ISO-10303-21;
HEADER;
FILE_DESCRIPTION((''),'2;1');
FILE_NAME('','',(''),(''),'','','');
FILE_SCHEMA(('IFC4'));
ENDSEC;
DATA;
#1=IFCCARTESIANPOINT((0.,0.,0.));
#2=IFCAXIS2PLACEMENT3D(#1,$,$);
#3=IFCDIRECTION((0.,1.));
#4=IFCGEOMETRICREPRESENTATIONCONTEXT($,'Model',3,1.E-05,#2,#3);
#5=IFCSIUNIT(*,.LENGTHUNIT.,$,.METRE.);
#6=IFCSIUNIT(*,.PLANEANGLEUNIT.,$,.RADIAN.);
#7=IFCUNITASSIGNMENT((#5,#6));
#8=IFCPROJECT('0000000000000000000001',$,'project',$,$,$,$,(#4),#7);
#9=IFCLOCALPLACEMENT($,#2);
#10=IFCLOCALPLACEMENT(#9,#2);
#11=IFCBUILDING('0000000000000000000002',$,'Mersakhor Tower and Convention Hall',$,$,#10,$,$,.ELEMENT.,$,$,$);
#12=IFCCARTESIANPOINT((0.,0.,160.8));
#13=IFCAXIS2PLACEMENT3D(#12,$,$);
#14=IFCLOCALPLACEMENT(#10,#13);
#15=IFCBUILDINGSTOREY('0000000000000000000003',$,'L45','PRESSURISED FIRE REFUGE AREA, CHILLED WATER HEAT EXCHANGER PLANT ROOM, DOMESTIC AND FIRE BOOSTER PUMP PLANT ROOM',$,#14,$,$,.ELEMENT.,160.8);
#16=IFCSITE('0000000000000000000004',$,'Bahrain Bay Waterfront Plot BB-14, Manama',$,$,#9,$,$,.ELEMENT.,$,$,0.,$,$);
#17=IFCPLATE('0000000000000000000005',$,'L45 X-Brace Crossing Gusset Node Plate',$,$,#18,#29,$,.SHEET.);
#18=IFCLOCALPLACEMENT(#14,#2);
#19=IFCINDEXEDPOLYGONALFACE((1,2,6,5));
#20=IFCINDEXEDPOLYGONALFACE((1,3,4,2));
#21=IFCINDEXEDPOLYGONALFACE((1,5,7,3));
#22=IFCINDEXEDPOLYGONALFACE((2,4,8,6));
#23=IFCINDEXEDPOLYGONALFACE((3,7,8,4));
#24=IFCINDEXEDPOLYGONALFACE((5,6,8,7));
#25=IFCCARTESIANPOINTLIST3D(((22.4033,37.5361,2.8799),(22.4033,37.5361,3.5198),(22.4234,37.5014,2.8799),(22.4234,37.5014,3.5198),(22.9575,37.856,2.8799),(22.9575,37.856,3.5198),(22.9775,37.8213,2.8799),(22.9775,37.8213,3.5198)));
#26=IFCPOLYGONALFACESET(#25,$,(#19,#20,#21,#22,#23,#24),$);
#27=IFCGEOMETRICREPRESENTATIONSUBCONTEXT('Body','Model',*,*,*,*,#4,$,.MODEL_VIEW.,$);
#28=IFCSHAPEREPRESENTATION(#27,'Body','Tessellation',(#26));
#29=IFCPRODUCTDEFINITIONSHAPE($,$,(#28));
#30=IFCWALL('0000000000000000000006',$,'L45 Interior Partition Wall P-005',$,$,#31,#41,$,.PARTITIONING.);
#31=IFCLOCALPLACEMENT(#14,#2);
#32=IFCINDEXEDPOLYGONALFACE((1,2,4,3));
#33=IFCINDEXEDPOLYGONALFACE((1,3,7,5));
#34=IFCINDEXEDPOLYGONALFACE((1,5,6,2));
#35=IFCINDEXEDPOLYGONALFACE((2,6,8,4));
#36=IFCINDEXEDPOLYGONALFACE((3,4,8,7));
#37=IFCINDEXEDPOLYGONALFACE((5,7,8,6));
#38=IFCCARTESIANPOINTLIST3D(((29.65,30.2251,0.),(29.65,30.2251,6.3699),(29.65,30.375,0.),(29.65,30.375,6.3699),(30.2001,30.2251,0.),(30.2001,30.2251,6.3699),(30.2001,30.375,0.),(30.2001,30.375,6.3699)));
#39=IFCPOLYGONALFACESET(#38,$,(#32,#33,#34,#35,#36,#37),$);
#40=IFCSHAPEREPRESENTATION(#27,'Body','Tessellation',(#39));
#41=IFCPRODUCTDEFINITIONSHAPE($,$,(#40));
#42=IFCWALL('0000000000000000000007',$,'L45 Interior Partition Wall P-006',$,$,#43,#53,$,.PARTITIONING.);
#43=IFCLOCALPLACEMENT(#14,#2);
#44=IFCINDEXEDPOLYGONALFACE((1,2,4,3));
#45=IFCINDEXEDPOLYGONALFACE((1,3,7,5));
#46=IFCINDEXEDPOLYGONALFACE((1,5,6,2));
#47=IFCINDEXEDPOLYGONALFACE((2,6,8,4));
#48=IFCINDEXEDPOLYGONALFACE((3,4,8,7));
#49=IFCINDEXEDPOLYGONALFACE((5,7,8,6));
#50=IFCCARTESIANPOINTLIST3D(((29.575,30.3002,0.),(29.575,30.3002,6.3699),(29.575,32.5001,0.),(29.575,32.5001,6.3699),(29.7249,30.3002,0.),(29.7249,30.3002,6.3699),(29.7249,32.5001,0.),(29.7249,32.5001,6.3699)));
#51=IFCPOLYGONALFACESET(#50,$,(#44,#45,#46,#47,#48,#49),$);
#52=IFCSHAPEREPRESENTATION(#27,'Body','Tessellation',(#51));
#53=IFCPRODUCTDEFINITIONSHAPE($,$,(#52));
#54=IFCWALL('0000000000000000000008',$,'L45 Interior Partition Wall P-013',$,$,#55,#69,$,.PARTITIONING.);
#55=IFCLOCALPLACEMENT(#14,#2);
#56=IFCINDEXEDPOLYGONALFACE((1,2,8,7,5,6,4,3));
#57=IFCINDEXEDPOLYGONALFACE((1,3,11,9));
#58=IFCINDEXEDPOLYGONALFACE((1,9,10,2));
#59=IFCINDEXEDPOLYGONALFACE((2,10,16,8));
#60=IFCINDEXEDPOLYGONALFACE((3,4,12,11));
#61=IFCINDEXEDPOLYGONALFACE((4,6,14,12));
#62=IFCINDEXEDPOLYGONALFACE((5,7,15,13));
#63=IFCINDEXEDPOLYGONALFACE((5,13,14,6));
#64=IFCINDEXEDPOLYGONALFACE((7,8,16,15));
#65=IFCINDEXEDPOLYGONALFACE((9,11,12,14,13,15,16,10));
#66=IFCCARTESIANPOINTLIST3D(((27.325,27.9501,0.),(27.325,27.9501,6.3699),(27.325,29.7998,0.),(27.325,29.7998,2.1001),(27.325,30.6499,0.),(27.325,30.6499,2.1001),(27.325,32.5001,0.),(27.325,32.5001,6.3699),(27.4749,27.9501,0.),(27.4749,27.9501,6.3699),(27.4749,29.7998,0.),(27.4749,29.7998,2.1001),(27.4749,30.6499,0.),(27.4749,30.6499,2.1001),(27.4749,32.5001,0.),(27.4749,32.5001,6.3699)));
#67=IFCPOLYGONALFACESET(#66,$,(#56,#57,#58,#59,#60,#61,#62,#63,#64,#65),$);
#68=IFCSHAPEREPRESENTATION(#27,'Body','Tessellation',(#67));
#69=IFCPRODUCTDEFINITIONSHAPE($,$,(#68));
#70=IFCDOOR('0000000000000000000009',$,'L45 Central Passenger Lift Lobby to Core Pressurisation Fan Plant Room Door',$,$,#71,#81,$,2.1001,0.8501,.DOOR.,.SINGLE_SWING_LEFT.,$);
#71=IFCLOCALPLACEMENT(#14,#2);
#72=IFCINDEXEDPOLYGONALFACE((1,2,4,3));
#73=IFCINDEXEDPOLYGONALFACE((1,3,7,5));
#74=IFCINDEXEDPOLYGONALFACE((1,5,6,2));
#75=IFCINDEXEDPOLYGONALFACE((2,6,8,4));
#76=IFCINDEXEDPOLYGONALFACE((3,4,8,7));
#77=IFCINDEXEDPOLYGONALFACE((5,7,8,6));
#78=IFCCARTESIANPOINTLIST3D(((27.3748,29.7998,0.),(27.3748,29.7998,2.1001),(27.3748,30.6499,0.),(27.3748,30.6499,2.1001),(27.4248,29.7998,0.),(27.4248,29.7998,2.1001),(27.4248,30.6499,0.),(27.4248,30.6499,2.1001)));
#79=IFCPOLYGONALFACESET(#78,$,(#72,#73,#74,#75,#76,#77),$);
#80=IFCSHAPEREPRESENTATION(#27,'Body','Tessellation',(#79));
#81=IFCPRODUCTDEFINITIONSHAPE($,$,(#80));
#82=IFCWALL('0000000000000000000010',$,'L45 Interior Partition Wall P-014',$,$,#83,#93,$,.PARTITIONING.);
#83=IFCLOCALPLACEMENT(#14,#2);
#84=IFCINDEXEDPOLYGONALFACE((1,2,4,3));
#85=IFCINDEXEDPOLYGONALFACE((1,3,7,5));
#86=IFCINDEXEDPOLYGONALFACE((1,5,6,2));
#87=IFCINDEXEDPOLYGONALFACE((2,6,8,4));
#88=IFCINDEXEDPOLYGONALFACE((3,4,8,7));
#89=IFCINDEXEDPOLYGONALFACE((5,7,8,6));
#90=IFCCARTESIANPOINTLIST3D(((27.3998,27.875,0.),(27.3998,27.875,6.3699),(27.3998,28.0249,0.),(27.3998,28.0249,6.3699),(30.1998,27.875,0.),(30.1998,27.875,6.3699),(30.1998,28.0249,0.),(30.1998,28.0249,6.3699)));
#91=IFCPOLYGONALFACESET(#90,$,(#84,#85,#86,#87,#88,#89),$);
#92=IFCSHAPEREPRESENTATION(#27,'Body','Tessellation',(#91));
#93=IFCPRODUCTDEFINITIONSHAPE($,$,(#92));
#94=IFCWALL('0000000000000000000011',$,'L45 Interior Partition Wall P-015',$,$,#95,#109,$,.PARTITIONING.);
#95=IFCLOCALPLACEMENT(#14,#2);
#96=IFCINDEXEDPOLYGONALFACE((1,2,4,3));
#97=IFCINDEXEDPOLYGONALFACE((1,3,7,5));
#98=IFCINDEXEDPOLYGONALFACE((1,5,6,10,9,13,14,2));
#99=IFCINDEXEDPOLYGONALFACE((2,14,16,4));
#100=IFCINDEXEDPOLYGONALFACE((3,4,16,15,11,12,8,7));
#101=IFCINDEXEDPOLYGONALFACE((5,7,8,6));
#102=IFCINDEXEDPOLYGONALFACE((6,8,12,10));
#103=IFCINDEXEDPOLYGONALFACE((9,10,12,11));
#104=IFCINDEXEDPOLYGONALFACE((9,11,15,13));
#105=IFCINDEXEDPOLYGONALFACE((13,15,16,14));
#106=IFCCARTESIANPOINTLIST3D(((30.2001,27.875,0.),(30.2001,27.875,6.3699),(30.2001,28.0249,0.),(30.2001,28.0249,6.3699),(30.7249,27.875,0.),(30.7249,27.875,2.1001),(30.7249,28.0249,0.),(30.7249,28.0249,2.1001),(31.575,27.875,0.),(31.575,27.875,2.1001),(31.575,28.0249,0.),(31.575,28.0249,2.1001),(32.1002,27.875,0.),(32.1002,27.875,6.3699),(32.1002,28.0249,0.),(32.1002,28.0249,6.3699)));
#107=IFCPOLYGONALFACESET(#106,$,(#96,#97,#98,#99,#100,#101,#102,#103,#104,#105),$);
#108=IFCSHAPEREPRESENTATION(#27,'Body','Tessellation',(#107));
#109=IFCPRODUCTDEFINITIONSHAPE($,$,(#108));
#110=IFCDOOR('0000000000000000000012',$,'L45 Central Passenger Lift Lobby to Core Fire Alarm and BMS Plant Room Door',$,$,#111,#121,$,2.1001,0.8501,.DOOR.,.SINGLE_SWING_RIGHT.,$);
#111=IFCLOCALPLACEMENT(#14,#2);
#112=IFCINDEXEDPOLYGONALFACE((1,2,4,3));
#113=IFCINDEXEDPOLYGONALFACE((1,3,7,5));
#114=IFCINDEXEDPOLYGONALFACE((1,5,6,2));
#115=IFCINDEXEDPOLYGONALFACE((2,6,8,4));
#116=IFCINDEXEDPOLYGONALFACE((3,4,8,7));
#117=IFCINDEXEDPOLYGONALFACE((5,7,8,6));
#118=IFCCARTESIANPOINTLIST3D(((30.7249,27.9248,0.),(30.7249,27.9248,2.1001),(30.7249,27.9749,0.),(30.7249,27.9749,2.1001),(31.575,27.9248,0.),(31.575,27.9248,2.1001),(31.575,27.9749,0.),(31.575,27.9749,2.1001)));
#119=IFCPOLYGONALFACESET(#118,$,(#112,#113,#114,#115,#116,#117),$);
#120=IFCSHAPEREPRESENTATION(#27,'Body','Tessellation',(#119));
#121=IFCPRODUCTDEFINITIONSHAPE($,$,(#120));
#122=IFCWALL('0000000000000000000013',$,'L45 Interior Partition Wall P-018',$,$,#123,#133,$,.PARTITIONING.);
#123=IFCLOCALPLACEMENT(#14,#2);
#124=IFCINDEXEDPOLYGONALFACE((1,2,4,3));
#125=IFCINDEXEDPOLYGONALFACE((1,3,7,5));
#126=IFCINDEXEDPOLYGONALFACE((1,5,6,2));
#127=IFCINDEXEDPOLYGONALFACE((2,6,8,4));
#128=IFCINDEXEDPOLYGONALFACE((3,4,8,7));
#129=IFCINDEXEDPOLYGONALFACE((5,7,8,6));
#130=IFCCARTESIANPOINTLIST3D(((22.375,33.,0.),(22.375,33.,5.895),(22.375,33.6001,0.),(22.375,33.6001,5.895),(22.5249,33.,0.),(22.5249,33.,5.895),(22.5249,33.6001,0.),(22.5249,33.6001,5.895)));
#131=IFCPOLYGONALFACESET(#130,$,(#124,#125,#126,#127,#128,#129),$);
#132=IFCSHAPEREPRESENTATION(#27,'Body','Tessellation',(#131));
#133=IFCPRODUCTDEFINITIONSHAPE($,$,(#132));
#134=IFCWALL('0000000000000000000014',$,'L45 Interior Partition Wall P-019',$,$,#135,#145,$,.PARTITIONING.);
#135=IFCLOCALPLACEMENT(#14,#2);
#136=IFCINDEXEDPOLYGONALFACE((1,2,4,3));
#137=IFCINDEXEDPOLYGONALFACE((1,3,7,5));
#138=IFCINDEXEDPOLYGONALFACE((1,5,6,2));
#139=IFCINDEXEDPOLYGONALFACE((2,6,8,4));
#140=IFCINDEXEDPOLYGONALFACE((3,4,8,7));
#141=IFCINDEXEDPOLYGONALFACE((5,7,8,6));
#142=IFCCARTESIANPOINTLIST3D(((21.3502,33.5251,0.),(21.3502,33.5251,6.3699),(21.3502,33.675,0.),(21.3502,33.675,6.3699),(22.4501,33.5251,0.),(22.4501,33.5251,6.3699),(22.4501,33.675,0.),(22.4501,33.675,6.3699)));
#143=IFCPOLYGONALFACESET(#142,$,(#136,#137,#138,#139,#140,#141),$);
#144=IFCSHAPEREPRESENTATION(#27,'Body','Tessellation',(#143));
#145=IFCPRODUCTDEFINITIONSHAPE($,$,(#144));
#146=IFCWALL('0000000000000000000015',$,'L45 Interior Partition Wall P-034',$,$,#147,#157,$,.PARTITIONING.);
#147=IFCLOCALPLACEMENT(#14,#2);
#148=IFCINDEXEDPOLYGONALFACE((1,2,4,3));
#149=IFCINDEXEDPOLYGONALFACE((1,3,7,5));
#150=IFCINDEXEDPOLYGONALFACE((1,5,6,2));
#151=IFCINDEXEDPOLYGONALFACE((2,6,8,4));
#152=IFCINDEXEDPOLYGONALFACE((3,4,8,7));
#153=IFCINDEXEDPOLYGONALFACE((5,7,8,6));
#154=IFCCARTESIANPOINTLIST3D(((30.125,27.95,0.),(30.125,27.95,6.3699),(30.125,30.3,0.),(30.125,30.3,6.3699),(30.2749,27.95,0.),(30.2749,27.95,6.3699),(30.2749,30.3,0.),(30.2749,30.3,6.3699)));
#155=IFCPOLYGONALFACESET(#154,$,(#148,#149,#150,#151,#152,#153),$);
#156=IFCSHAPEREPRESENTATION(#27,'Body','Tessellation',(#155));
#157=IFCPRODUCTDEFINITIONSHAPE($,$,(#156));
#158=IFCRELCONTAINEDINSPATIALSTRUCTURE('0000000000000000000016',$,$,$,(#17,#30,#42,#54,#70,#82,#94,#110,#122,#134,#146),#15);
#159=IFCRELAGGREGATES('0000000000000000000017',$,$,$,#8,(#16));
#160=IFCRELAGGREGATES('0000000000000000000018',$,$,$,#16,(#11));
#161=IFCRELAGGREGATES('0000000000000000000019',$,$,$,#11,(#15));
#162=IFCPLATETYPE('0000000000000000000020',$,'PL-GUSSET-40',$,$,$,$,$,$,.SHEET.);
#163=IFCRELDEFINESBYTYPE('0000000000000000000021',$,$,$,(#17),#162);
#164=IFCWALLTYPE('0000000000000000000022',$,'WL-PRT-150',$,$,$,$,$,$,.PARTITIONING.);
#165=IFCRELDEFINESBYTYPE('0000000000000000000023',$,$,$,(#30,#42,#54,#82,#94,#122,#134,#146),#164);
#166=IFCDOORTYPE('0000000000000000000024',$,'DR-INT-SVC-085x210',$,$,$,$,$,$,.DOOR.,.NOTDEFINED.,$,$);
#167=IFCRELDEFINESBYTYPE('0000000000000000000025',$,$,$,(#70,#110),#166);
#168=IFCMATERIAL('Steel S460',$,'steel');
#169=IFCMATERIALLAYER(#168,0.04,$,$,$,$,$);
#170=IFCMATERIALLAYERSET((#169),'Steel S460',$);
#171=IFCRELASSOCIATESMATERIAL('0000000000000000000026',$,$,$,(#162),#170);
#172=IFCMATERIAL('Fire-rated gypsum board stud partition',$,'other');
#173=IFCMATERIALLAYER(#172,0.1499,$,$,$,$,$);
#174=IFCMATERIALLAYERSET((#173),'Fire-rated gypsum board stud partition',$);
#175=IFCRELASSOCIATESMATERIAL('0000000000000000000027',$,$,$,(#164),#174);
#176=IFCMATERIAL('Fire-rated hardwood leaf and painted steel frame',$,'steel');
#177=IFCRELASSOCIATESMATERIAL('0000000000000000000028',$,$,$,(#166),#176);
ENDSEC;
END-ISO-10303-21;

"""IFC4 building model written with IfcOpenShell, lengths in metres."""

from ifc_helpers import new_model, si_unit, direction, frame, frame_2d, origin, origin_2d, place, context, subcontext, project, spatial, rectangle, extrude, material, layer, layer_set, type_object, element, fill, save


model = new_model("IFC4")

# Units and contexts
model_context = context("Model", 3, precision=1e-05, world=origin(), true_north=direction((0.0, 1.0)))
body_context = subcontext(model_context, "Body", "Model", "MODEL_VIEW")
ifc_project = project(units=[si_unit("LENGTHUNIT", "METRE"), si_unit("PLANEANGLEUNIT", "RADIAN")], contexts=[model_context])

# Site, building, storey
site_placement = place(None, origin())
site = spatial("IfcSite", under=ifc_project, at=site_placement, Name="Bahrain Bay Waterfront Plot BB-14, Manama", CompositionType="ELEMENT", RefElevation=0.0)
building_placement = place(site_placement, origin())
building = spatial("IfcBuilding", under=site, at=building_placement, Name="Mersakhor Tower and Convention Hall", CompositionType="ELEMENT")
storey_placement = place(building_placement, frame((0.0, 0.0, 160.8)))
storey = spatial("IfcBuildingStorey", under=building, at=storey_placement, Name="L45", Description="PRESSURISED FIRE REFUGE AREA, CHILLED WATER HEAT EXCHANGER PLANT ROOM, DOMESTIC AND FIRE BOOSTER PUMP PLANT ROOM", CompositionType="ELEMENT", Elevation=160.8)

# Plate
ifc_material_1 = material(Name="Steel S460", Category="steel")
ifc_layer_1 = layer(ifc_material_1, 0.04)
ifc_layer_set_1 = layer_set([ifc_layer_1], Name="Steel S460")
plate_type = type_object("IfcPlateType", Name="PL-GUSSET-40", PredefinedType="SHEET", material=ifc_layer_set_1)
plate_placement = place(storey_placement, frame((22.6904, 37.6787, 2.8799), z_axis=(0.0, 0.0, 1.0), x_axis=(-0.866025, -0.5, 0.0)))
element("IfcPlate", 1, at=plate_placement, inside=storey, type_object=plate_type, Name="L45 X-Brace Crossing Gusset Node Plate", PredefinedType="SHEET", context=body_context, shape_type="SweptSolid", body=[
    extrude(rectangle(XDim=0.6399, YDim=0.04, at=origin_2d()), origin(), (0.0, 0.0, 1.0), 0.6399),
])

# Walls
ifc_material_2 = material(Name="Fire-rated gypsum board stud partition", Category="other")
ifc_layer_2 = layer(ifc_material_2, 0.1499)
ifc_layer_set_2 = layer_set([ifc_layer_2], Name="Fire-rated gypsum board stud partition")
wall_type_1 = type_object("IfcWallType", Name="WL-PRT-150", PredefinedType="PARTITIONING", material=ifc_layer_set_2)
wall_1_placement = place(storey_placement, frame((30.2, 30.3, 0.0), z_axis=(0.0, 0.0, 1.0), x_axis=(-1.0, 0.0, 0.0)))
element("IfcWall", 2, at=wall_1_placement, inside=storey, type_object=wall_type_1, Name="L45 Interior Partition Wall P-005", PredefinedType="PARTITIONING", context=body_context, shape_type="SweptSolid", body=[
    extrude(rectangle(XDim=0.55, YDim=0.1499, at=frame_2d((0.2749, 0.0))), origin(), (0.0, 0.0, 1.0), 6.3699),
])
wall_2_placement = place(storey_placement, frame((29.6499, 30.3, 0.0), z_axis=(0.0, 0.0, 1.0), x_axis=(0.0, 1.0, 0.0)))
element("IfcWall", 3, at=wall_2_placement, inside=storey, type_object=wall_type_1, Name="L45 Interior Partition Wall P-006", PredefinedType="PARTITIONING", context=body_context, shape_type="SweptSolid", body=[
    extrude(rectangle(XDim=2.2, YDim=0.1499, at=frame_2d((1.1001, 0.0))), origin(), (0.0, 0.0, 1.0), 6.3699),
])

# Wall, opening, door
wall_3_placement = place(storey_placement, frame((27.3999, 32.5, 0.0), z_axis=(0.0, 0.0, 1.0), x_axis=(0.0, -1.0, 0.0)))
wall_3 = element("IfcWall", 4, at=wall_3_placement, inside=storey, type_object=wall_type_1, Name="L45 Interior Partition Wall P-013", PredefinedType="PARTITIONING", context=body_context, shape_type="SweptSolid", body=[
    extrude(rectangle(XDim=4.55, YDim=0.1499, at=frame_2d((2.2749, 0.0))), origin(), (0.0, 0.0, 1.0), 6.3699),
])
opening_1_placement = place(wall_3_placement, frame((1.8501, 0.0, 0.0)))
opening_1 = element("IfcOpeningElement", 5, at=opening_1_placement, cuts=wall_3, PredefinedType="OPENING", context=body_context, shape_type="SweptSolid", body=[
    extrude(rectangle(XDim=0.8501, YDim=2.1001, at=frame_2d((0.425, 1.05))), frame((0.0, 0.085, 0.0), z_axis=(0.0, -1.0, 0.0), x_axis=(1.0, 0.0, 0.0)), (0.0, 0.0, 1.0), 0.1699),
])
ifc_material_3 = material(Name="Fire-rated hardwood leaf and painted steel frame", Category="steel")
door_type_1 = type_object("IfcDoorType", Name="DR-INT-SVC-085x210", OperationType="NOTDEFINED", PredefinedType="DOOR", material=ifc_material_3)
door_1_placement = place(opening_1_placement, origin())
door_1 = element("IfcDoor", 6, at=door_1_placement, inside=storey, type_object=door_type_1, Name="L45 Central Passenger Lift Lobby to Core Pressurisation Fan Plant Room Door", OperationType="SINGLE_SWING_LEFT", OverallHeight=2.1001, OverallWidth=0.8501, PredefinedType="DOOR", context=body_context, shape_type="SweptSolid", body=[
    extrude(rectangle(XDim=0.8501, YDim=2.1001, at=frame_2d((0.425, 1.05))), frame((0.0, 0.0249, 0.0), z_axis=(0.0, -1.0, 0.0), x_axis=(1.0, 0.0, 0.0)), (0.0, 0.0, 1.0), 0.05),
])
fill(opening_1, door_1)

# Wall
wall_4_placement = place(storey_placement, frame((27.3999, 27.95, 0.0), z_axis=(0.0, 0.0, 1.0), x_axis=(1.0, 0.0, 0.0)))
element("IfcWall", 7, at=wall_4_placement, inside=storey, type_object=wall_type_1, Name="L45 Interior Partition Wall P-014", PredefinedType="PARTITIONING", context=body_context, shape_type="SweptSolid", body=[
    extrude(rectangle(XDim=2.8, YDim=0.1499, at=frame_2d((1.3999, 0.0))), origin(), (0.0, 0.0, 1.0), 6.3699),
])

# Wall, opening, door
wall_5_placement = place(storey_placement, frame((30.2, 27.95, 0.0), z_axis=(0.0, 0.0, 1.0), x_axis=(1.0, 0.0, 0.0)))
wall_5 = element("IfcWall", 8, at=wall_5_placement, inside=storey, type_object=wall_type_1, Name="L45 Interior Partition Wall P-015", PredefinedType="PARTITIONING", context=body_context, shape_type="SweptSolid", body=[
    extrude(rectangle(XDim=1.9001, YDim=0.1499, at=frame_2d((0.9502, 0.0))), origin(), (0.0, 0.0, 1.0), 6.3699),
])
opening_2_placement = place(wall_5_placement, frame((0.5249, 0.0, 0.0)))
opening_2 = element("IfcOpeningElement", 9, at=opening_2_placement, cuts=wall_5, PredefinedType="OPENING", context=body_context, shape_type="SweptSolid", body=[
    extrude(rectangle(XDim=0.8501, YDim=2.1001, at=frame_2d((0.425, 1.05))), frame((0.0, 0.085, 0.0), z_axis=(0.0, -1.0, 0.0), x_axis=(1.0, 0.0, 0.0)), (0.0, 0.0, 1.0), 0.1699),
])
door_2_placement = place(opening_2_placement, origin())
door_2 = element("IfcDoor", 10, at=door_2_placement, inside=storey, type_object=door_type_1, Name="L45 Central Passenger Lift Lobby to Core Fire Alarm and BMS Plant Room Door", OperationType="SINGLE_SWING_RIGHT", OverallHeight=2.1001, OverallWidth=0.8501, PredefinedType="DOOR", context=body_context, shape_type="SweptSolid", body=[
    extrude(rectangle(XDim=0.8501, YDim=2.1001, at=frame_2d((0.425, 1.05))), frame((0.0, 0.0249, 0.0), z_axis=(0.0, -1.0, 0.0), x_axis=(1.0, 0.0, 0.0)), (0.0, 0.0, 1.0), 0.05),
])
fill(opening_2, door_2)

# Walls
wall_6_placement = place(storey_placement, frame((22.45, 33.0, 0.0), z_axis=(0.0, 0.0, 1.0), x_axis=(0.0, 1.0, 0.0)))
element("IfcWall", 11, at=wall_6_placement, inside=storey, type_object=wall_type_1, Name="L45 Interior Partition Wall P-018", PredefinedType="PARTITIONING", context=body_context, shape_type="SweptSolid", body=[
    extrude(rectangle(XDim=0.6001, YDim=0.1499, at=frame_2d((0.3, 0.0))), origin(), (0.0, 0.0, 1.0), 5.895),
])
wall_7_placement = place(storey_placement, frame((22.45, 33.6001, 0.0), z_axis=(0.0, 0.0, 1.0), x_axis=(-1.0, 0.0, 0.0)))
element("IfcWall", 12, at=wall_7_placement, inside=storey, type_object=wall_type_1, Name="L45 Interior Partition Wall P-019", PredefinedType="PARTITIONING", context=body_context, shape_type="SweptSolid", body=[
    extrude(rectangle(XDim=1.0999, YDim=0.1499, at=frame_2d((0.5498, 0.0))), origin(), (0.0, 0.0, 1.0), 6.3699),
])
wall_8_placement = place(storey_placement, frame((30.2, 30.3, 0.0), z_axis=(0.0, 0.0, 1.0), x_axis=(0.0, -1.0, 0.0)))
element("IfcWall", 13, at=wall_8_placement, inside=storey, type_object=wall_type_1, Name="L45 Interior Partition Wall P-034", PredefinedType="PARTITIONING", context=body_context, shape_type="SweptSolid", body=[
    extrude(rectangle(XDim=2.3501, YDim=0.1499, at=frame_2d((1.175, 0.0))), origin(), (0.0, 0.0, 1.0), 6.3699),
])

save(model, "model.ifc")
